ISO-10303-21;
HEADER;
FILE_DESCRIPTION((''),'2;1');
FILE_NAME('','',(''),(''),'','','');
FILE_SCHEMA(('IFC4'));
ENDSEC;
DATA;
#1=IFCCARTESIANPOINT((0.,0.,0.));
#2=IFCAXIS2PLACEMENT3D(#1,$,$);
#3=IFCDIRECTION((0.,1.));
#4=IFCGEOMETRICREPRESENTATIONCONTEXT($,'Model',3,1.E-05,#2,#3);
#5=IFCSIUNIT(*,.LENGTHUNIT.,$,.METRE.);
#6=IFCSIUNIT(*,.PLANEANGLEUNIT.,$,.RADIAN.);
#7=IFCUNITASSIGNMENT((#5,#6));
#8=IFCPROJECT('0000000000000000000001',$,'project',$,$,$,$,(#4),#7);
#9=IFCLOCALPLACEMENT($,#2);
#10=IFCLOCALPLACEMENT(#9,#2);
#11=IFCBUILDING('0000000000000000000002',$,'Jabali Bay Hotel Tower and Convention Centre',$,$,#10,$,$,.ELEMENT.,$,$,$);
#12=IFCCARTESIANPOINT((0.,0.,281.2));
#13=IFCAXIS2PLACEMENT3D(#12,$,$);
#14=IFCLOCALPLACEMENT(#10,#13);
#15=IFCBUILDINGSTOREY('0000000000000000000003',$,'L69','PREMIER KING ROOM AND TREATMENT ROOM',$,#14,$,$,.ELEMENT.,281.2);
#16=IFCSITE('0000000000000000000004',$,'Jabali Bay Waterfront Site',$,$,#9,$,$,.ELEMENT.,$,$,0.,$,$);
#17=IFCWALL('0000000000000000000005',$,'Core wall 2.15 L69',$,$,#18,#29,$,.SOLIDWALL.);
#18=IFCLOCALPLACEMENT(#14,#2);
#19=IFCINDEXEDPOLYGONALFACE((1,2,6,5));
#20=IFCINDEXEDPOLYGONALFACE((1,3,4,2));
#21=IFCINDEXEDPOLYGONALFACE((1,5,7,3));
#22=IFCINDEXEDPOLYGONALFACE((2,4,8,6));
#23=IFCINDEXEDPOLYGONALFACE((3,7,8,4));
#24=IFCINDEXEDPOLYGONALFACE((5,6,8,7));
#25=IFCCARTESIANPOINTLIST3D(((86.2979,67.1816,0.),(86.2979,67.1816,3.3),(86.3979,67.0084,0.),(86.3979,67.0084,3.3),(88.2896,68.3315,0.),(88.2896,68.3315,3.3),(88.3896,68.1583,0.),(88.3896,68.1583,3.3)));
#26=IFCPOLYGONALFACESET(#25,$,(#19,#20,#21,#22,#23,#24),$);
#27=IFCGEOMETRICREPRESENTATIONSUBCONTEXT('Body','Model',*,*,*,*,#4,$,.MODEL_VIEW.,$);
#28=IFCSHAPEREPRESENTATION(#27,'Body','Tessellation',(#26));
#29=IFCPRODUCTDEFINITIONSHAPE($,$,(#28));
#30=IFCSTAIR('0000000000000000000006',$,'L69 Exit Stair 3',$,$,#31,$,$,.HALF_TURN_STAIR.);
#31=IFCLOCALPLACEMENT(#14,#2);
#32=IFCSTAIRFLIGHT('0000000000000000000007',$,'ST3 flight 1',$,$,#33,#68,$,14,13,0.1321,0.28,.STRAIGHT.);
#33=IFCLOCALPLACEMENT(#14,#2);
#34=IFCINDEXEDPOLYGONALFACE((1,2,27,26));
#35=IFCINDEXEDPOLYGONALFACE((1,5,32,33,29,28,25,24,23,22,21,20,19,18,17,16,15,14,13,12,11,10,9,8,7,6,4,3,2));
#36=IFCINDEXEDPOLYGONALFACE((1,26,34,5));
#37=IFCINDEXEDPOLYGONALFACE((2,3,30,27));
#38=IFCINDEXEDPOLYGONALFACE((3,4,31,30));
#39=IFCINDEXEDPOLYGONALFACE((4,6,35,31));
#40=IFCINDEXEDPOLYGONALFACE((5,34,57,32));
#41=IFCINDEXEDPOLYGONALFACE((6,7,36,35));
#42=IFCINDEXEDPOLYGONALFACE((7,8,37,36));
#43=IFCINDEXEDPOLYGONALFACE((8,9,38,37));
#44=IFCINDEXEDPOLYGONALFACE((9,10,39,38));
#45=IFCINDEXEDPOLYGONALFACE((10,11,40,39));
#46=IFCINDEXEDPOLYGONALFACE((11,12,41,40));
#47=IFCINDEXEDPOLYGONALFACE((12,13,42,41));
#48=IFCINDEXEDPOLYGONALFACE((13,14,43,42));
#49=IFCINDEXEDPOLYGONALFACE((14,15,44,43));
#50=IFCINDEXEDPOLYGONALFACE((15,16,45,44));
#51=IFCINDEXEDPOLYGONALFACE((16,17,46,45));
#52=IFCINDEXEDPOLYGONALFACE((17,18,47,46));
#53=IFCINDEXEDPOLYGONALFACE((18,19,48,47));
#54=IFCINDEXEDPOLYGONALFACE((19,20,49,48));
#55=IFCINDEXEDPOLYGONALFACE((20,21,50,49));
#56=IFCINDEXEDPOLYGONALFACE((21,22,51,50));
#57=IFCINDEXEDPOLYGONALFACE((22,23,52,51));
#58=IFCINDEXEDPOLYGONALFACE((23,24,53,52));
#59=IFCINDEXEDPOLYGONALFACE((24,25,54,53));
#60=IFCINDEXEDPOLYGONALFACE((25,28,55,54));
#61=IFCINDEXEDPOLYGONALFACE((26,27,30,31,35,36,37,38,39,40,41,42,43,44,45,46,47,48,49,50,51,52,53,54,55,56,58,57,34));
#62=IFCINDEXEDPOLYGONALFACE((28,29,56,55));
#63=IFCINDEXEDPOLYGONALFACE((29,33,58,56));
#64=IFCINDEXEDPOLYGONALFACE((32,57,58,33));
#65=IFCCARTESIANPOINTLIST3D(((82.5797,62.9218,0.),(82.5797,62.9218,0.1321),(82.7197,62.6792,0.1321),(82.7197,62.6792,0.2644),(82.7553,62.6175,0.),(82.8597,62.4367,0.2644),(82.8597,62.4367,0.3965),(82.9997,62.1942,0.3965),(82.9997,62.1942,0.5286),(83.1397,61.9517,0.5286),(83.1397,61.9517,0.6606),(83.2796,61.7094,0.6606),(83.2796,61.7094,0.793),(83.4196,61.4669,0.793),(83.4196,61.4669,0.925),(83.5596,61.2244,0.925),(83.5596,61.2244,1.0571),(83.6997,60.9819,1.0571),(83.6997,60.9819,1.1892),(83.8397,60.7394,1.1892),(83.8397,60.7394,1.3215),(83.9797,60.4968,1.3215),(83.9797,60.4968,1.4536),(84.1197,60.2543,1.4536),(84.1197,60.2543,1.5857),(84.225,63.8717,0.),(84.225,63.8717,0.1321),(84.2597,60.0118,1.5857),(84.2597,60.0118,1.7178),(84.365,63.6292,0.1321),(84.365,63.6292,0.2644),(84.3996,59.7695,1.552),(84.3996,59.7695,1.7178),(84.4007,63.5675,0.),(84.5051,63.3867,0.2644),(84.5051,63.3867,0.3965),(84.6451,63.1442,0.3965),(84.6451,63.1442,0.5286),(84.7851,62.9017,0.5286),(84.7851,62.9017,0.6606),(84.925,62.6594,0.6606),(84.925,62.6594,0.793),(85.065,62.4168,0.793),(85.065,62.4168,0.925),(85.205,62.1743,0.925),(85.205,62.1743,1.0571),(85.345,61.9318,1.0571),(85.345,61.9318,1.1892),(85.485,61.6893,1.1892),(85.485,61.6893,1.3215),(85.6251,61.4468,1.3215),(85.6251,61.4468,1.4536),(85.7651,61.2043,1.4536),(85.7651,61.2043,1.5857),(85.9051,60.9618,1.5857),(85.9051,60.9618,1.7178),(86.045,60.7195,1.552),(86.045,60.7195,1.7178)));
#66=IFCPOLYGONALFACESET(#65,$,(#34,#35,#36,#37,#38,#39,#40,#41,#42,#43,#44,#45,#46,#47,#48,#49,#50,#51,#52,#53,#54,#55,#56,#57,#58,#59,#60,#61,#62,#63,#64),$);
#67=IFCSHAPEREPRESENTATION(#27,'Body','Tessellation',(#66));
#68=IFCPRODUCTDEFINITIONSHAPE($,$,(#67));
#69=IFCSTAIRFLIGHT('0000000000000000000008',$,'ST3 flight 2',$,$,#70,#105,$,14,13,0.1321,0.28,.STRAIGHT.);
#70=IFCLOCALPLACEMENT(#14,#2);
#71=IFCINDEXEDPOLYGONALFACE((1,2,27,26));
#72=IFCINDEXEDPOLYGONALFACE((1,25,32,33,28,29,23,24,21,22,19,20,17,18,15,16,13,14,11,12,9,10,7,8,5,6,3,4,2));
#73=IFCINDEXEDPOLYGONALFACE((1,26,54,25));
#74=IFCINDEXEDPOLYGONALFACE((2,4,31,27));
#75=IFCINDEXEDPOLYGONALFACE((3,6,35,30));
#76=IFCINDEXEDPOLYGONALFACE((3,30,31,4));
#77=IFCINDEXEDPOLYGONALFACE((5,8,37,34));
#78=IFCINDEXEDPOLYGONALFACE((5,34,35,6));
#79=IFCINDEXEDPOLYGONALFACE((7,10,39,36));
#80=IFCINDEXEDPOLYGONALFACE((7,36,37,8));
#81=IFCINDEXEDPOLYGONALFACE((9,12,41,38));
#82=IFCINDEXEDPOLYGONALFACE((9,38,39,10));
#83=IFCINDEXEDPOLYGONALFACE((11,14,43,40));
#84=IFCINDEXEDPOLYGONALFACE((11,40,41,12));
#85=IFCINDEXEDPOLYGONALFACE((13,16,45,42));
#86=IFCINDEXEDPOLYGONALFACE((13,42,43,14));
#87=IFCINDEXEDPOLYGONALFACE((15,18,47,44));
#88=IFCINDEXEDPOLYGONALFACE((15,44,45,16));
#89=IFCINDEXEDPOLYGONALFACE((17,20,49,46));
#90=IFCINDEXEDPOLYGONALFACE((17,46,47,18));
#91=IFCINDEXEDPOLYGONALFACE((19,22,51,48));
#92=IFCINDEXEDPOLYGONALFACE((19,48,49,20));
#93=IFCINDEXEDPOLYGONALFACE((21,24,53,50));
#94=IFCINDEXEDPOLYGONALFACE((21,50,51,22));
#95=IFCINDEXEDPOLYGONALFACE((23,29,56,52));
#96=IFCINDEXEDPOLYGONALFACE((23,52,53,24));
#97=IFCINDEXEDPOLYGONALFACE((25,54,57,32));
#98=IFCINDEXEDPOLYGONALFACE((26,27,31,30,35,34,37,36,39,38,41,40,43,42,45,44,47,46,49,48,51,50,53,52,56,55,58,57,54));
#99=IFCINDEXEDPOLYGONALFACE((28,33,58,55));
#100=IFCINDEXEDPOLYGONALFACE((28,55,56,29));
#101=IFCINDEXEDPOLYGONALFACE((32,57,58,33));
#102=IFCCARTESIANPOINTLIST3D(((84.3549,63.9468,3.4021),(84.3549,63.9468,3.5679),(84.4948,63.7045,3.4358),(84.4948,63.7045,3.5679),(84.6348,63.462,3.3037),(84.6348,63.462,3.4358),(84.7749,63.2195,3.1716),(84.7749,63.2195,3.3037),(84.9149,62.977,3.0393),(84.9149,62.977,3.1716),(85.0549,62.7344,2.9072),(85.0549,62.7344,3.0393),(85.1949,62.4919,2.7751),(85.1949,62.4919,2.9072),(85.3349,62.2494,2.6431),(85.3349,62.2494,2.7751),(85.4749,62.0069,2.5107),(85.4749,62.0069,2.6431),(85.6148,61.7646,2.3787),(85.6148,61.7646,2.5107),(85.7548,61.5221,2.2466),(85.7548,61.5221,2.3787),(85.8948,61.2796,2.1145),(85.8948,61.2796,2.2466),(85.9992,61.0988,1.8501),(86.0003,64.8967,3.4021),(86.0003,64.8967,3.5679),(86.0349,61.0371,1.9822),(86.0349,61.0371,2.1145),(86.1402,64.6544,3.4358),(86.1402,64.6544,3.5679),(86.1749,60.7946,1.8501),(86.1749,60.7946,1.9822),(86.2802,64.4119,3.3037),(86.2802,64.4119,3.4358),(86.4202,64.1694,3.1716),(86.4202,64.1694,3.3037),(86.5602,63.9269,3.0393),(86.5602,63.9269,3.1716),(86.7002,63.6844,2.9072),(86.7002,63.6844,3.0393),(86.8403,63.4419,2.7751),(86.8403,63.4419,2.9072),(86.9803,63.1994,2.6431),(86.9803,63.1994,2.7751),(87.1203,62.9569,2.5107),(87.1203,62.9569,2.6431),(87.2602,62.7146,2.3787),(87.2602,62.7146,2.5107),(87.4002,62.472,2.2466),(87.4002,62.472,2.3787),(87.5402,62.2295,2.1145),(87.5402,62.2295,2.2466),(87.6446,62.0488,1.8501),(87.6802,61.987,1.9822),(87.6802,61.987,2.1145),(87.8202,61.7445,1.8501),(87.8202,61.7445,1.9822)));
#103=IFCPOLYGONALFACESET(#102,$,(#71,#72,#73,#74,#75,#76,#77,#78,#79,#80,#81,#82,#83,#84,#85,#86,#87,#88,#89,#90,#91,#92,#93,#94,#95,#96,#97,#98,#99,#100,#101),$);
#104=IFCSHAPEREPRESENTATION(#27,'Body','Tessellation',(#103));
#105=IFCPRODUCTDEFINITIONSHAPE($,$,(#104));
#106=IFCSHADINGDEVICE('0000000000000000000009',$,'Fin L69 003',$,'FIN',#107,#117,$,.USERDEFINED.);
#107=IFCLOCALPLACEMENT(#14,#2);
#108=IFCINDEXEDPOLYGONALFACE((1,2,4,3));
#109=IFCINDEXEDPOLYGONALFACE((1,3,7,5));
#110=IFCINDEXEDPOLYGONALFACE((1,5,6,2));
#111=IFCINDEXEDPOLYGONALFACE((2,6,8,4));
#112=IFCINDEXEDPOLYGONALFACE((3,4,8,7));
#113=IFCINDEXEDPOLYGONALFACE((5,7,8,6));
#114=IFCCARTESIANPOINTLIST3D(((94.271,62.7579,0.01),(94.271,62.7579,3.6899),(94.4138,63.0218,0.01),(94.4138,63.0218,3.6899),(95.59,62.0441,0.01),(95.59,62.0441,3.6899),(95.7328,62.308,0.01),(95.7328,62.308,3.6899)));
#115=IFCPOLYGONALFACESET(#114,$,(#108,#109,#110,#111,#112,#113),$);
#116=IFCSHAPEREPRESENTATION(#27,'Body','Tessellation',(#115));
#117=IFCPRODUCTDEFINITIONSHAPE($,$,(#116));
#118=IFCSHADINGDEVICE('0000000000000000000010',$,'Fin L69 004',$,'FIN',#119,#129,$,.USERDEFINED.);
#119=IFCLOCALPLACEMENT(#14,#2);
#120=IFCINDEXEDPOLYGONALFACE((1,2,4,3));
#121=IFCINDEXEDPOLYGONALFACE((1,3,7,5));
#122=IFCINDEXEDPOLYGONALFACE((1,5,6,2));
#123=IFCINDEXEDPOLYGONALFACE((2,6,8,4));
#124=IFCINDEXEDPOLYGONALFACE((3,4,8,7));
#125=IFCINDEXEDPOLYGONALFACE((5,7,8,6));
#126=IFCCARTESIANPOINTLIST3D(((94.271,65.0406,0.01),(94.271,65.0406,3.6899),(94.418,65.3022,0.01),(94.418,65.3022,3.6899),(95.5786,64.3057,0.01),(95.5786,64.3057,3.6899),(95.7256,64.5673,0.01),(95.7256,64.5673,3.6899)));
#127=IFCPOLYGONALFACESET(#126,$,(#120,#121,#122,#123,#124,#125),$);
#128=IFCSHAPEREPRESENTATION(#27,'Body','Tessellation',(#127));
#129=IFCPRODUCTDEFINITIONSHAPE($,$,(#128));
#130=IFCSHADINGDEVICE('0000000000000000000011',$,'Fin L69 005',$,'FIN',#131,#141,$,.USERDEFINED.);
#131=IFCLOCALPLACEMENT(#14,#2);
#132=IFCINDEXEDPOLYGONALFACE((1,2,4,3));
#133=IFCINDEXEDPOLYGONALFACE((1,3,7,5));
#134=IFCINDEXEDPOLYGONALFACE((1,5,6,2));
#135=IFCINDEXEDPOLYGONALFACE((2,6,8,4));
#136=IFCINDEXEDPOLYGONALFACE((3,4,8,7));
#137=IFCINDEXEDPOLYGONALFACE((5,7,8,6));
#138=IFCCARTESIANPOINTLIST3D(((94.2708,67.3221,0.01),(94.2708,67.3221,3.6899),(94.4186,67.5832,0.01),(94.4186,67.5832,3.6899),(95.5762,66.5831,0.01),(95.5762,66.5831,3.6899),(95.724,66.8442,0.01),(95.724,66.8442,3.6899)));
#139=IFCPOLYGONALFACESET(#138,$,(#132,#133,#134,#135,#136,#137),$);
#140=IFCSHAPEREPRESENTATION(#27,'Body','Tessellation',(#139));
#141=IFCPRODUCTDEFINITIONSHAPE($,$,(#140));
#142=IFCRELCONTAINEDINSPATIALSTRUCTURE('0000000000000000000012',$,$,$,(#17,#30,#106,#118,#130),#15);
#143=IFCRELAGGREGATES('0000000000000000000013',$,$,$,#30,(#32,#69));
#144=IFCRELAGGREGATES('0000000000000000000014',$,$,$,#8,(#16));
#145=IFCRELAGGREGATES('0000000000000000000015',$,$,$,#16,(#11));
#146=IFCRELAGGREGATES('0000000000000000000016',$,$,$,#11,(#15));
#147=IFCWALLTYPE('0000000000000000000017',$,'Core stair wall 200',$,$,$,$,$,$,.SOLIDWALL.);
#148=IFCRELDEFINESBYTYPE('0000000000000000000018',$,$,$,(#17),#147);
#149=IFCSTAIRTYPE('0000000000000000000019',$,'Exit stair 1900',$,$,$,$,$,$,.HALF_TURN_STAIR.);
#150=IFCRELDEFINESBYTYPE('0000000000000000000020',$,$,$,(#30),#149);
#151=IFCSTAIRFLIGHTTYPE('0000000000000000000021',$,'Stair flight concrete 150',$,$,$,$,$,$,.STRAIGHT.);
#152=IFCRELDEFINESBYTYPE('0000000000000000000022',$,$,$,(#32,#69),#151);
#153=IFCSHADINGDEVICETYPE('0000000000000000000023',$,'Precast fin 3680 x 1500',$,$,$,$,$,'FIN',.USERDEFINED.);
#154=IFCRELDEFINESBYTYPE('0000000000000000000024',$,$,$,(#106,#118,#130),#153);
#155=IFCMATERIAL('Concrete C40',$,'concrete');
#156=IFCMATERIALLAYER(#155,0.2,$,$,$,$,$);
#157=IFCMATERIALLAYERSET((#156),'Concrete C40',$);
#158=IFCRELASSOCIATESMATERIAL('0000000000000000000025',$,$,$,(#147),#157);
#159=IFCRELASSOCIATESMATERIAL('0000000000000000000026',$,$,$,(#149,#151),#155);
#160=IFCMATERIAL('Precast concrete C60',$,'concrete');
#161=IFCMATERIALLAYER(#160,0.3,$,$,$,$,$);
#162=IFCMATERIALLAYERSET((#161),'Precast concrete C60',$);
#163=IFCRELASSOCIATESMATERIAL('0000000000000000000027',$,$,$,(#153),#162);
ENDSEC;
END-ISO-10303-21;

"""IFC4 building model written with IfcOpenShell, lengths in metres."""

from ifc_helpers import new_model, si_unit, direction, frame, frame_2d, origin, place, context, subcontext, project, spatial, polyline, rectangle, outline, extrude, material, layer, layer_set, type_object, element, aggregate, save


model = new_model("IFC4")

# Units and contexts
model_context = context("Model", 3, precision=1e-05, world=origin(), true_north=direction((0.0, 1.0)))
body_context = subcontext(model_context, "Body", "Model", "MODEL_VIEW")
ifc_project = project(units=[si_unit("LENGTHUNIT", "METRE"), si_unit("PLANEANGLEUNIT", "RADIAN")], contexts=[model_context])

# Site, building, storey
site_placement = place(None, origin())
site = spatial("IfcSite", under=ifc_project, at=site_placement, Name="Jabali Bay Waterfront Site", CompositionType="ELEMENT", RefElevation=0.0)
building_placement = place(site_placement, origin())
building = spatial("IfcBuilding", under=site, at=building_placement, Name="Jabali Bay Hotel Tower and Convention Centre", CompositionType="ELEMENT")
storey_placement = place(building_placement, frame((0.0, 0.0, 281.2)))
storey = spatial("IfcBuildingStorey", under=building, at=storey_placement, Name="L69", Description="PREMIER KING ROOM AND TREATMENT ROOM", CompositionType="ELEMENT", Elevation=281.2)

# Shared definitions
ifc_material_1 = material(Name="Concrete C40", Category="concrete")
ifc_layer_1 = layer(ifc_material_1, 0.2)
ifc_layer_set_1 = layer_set([ifc_layer_1], Name="Concrete C40")
wall_type_1 = type_object("IfcWallType", Name="Core stair wall 200", PredefinedType="SOLIDWALL", material=ifc_layer_set_1)

# Wall
wall_1_placement = place(storey_placement, frame((86.3479, 67.095, 0.0), z_axis=(0.0, 0.0, 1.0), x_axis=(0.866026, 0.499998, 0.0)))
element("IfcWall", 1, at=wall_1_placement, inside=storey, type_object=wall_type_1, Name="Core wall 2.15 L69", PredefinedType="SOLIDWALL", context=body_context, shape_type="SweptSolid", body=[
    extrude(rectangle(XDim=2.2998, YDim=0.2, at=frame_2d((1.1499, 0.0))), origin(), (0.0, 0.0, 1.0), 3.3),
])

# Stair, stair flights
stair_type = type_object("IfcStairType", Name="Exit stair 1900", PredefinedType="HALF_TURN_STAIR", material=ifc_material_1)
stair_placement = place(storey_placement, origin())
stair = element("IfcStair", 2, at=stair_placement, inside=storey, type_object=stair_type, Name="L69 Exit Stair 3", PredefinedType="HALF_TURN_STAIR")
stair_flight_type = type_object("IfcStairFlightType", Name="Stair flight concrete 150", PredefinedType="STRAIGHT", material=ifc_material_1)
stair_flight_1_placement = place(storey_placement, frame((83.4023, 63.3967, 0.0), z_axis=(0.0, 0.0, 1.0), x_axis=(0.5, -0.866025, 0.0)))
stair_flight_1 = element("IfcStairFlight", 3, at=stair_flight_1_placement, type_object=stair_flight_type, Name="ST3 flight 1", NumberOfRisers=14, NumberOfTreads=13, PredefinedType="STRAIGHT", RiserHeight=0.1321, TreadLength=0.28, context=body_context, shape_type="SweptSolid", body=[
    extrude(outline(polyline([(0.0, 0.0), (0.0, 0.1321), (0.28, 0.1321), (0.28, 0.2644), (0.5601, 0.2644), (0.5601, 0.3965), (0.8401, 0.3965), (0.8401, 0.5286), (1.1201, 0.5286), (1.1201, 0.6606), (1.3999, 0.6606), (1.3999, 0.793), (1.6799, 0.793), (1.6799, 0.925), (1.96, 0.925), (1.96, 1.0571), (2.24, 1.0571), (2.24, 1.1892), (2.52, 1.1892), (2.52, 1.3215), (2.8, 1.3215), (2.8, 1.4536), (3.0801, 1.4536), (3.0801, 1.5857), (3.3601, 1.5857), (3.3601, 1.7178), (3.6399, 1.7178), (3.6399, 1.8501), (3.6399, 1.552), (0.3513, 0.0), (0.0, 0.0)])), frame((0.0, 0.95, 0.0), z_axis=(0.0, -1.0, 0.0), x_axis=(1.0, 0.0, 0.0)), (0.0, 0.0, 1.0), 1.8999),
])
stair_flight_2_placement = place(storey_placement, frame((86.9976, 61.2695, 1.8501), z_axis=(0.0, 0.0, 1.0), x_axis=(-0.5, 0.866025, 0.0)))
stair_flight_2 = element("IfcStairFlight", 4, at=stair_flight_2_placement, type_object=stair_flight_type, Name="ST3 flight 2", NumberOfRisers=14, NumberOfTreads=13, PredefinedType="STRAIGHT", RiserHeight=0.1321, TreadLength=0.28, context=body_context, shape_type="SweptSolid", body=[
    extrude(outline(polyline([(0.0, 0.0), (0.0, 0.1321), (0.28, 0.1321), (0.28, 0.2644), (0.5601, 0.2644), (0.5601, 0.3965), (0.8401, 0.3965), (0.8401, 0.5286), (1.1201, 0.5286), (1.1201, 0.6606), (1.3999, 0.6606), (1.3999, 0.793), (1.6799, 0.793), (1.6799, 0.925), (1.96, 0.925), (1.96, 1.0571), (2.24, 1.0571), (2.24, 1.1892), (2.52, 1.1892), (2.52, 1.3215), (2.8, 1.3215), (2.8, 1.4536), (3.0801, 1.4536), (3.0801, 1.5857), (3.3601, 1.5857), (3.3601, 1.7178), (3.6399, 1.7178), (3.6399, 1.8501), (3.6399, 1.552), (0.3513, 0.0), (0.0, 0.0)])), frame((0.0, 0.95, 0.0), z_axis=(0.0, -1.0, 0.0), x_axis=(1.0, 0.0, 0.0)), (0.0, 0.0, 1.0), 1.8999),
])
aggregate(stair, [stair_flight_1, stair_flight_2])

# Shading devices
ifc_material_2 = material(Name="Precast concrete C60", Category="concrete")
ifc_layer_2 = layer(ifc_material_2, 0.3)
ifc_layer_set_2 = layer_set([ifc_layer_2], Name="Precast concrete C60")
shading_device_type = type_object("IfcShadingDeviceType", Name="Precast fin 3680 x 1500", ElementType="FIN", PredefinedType="USERDEFINED", material=ifc_layer_set_2)
shading_device_placement = place(storey_placement, frame((94.3423, 62.8899, 0.01), z_axis=(0.0, 0.0, 1.0), x_axis=(0.879471, -0.475953, 0.0)))
element("IfcShadingDevice", 5, at=shading_device_placement, inside=storey, type_object=shading_device_type, Name="Fin L69 003", ObjectType="FIN", PredefinedType="USERDEFINED", context=body_context, shape_type="SweptSolid", body=[
    extrude(rectangle(XDim=1.4998, YDim=0.3, at=frame_2d((0.75, 0.0))), origin(), (0.0, 0.0, 1.0), 3.6799),
])
for number, where, z_axis, x_axis, name in (
    (6, (94.3445, 65.1714, 0.01), (0.0, 0.0, 1.0), (0.871767, -0.489921, 0.0), "Fin L69 004"),
    (7, (94.3447, 67.4526, 0.01), (0.0, 0.0, 1.0), (0.870229, -0.492647, 0.0), "Fin L69 005"),
):
    element("IfcShadingDevice", number, at=place(storey_placement, frame(where, z_axis=z_axis, x_axis=x_axis)), inside=storey, type_object=shading_device_type, Name=name, ObjectType="FIN", PredefinedType="USERDEFINED", context=body_context, shape_type="SweptSolid", body=[
        extrude(rectangle(XDim=1.5, YDim=0.3, at=frame_2d((0.75, 0.0))), origin(), (0.0, 0.0, 1.0), 3.6799),
    ])

save(model, "model.ifc")
